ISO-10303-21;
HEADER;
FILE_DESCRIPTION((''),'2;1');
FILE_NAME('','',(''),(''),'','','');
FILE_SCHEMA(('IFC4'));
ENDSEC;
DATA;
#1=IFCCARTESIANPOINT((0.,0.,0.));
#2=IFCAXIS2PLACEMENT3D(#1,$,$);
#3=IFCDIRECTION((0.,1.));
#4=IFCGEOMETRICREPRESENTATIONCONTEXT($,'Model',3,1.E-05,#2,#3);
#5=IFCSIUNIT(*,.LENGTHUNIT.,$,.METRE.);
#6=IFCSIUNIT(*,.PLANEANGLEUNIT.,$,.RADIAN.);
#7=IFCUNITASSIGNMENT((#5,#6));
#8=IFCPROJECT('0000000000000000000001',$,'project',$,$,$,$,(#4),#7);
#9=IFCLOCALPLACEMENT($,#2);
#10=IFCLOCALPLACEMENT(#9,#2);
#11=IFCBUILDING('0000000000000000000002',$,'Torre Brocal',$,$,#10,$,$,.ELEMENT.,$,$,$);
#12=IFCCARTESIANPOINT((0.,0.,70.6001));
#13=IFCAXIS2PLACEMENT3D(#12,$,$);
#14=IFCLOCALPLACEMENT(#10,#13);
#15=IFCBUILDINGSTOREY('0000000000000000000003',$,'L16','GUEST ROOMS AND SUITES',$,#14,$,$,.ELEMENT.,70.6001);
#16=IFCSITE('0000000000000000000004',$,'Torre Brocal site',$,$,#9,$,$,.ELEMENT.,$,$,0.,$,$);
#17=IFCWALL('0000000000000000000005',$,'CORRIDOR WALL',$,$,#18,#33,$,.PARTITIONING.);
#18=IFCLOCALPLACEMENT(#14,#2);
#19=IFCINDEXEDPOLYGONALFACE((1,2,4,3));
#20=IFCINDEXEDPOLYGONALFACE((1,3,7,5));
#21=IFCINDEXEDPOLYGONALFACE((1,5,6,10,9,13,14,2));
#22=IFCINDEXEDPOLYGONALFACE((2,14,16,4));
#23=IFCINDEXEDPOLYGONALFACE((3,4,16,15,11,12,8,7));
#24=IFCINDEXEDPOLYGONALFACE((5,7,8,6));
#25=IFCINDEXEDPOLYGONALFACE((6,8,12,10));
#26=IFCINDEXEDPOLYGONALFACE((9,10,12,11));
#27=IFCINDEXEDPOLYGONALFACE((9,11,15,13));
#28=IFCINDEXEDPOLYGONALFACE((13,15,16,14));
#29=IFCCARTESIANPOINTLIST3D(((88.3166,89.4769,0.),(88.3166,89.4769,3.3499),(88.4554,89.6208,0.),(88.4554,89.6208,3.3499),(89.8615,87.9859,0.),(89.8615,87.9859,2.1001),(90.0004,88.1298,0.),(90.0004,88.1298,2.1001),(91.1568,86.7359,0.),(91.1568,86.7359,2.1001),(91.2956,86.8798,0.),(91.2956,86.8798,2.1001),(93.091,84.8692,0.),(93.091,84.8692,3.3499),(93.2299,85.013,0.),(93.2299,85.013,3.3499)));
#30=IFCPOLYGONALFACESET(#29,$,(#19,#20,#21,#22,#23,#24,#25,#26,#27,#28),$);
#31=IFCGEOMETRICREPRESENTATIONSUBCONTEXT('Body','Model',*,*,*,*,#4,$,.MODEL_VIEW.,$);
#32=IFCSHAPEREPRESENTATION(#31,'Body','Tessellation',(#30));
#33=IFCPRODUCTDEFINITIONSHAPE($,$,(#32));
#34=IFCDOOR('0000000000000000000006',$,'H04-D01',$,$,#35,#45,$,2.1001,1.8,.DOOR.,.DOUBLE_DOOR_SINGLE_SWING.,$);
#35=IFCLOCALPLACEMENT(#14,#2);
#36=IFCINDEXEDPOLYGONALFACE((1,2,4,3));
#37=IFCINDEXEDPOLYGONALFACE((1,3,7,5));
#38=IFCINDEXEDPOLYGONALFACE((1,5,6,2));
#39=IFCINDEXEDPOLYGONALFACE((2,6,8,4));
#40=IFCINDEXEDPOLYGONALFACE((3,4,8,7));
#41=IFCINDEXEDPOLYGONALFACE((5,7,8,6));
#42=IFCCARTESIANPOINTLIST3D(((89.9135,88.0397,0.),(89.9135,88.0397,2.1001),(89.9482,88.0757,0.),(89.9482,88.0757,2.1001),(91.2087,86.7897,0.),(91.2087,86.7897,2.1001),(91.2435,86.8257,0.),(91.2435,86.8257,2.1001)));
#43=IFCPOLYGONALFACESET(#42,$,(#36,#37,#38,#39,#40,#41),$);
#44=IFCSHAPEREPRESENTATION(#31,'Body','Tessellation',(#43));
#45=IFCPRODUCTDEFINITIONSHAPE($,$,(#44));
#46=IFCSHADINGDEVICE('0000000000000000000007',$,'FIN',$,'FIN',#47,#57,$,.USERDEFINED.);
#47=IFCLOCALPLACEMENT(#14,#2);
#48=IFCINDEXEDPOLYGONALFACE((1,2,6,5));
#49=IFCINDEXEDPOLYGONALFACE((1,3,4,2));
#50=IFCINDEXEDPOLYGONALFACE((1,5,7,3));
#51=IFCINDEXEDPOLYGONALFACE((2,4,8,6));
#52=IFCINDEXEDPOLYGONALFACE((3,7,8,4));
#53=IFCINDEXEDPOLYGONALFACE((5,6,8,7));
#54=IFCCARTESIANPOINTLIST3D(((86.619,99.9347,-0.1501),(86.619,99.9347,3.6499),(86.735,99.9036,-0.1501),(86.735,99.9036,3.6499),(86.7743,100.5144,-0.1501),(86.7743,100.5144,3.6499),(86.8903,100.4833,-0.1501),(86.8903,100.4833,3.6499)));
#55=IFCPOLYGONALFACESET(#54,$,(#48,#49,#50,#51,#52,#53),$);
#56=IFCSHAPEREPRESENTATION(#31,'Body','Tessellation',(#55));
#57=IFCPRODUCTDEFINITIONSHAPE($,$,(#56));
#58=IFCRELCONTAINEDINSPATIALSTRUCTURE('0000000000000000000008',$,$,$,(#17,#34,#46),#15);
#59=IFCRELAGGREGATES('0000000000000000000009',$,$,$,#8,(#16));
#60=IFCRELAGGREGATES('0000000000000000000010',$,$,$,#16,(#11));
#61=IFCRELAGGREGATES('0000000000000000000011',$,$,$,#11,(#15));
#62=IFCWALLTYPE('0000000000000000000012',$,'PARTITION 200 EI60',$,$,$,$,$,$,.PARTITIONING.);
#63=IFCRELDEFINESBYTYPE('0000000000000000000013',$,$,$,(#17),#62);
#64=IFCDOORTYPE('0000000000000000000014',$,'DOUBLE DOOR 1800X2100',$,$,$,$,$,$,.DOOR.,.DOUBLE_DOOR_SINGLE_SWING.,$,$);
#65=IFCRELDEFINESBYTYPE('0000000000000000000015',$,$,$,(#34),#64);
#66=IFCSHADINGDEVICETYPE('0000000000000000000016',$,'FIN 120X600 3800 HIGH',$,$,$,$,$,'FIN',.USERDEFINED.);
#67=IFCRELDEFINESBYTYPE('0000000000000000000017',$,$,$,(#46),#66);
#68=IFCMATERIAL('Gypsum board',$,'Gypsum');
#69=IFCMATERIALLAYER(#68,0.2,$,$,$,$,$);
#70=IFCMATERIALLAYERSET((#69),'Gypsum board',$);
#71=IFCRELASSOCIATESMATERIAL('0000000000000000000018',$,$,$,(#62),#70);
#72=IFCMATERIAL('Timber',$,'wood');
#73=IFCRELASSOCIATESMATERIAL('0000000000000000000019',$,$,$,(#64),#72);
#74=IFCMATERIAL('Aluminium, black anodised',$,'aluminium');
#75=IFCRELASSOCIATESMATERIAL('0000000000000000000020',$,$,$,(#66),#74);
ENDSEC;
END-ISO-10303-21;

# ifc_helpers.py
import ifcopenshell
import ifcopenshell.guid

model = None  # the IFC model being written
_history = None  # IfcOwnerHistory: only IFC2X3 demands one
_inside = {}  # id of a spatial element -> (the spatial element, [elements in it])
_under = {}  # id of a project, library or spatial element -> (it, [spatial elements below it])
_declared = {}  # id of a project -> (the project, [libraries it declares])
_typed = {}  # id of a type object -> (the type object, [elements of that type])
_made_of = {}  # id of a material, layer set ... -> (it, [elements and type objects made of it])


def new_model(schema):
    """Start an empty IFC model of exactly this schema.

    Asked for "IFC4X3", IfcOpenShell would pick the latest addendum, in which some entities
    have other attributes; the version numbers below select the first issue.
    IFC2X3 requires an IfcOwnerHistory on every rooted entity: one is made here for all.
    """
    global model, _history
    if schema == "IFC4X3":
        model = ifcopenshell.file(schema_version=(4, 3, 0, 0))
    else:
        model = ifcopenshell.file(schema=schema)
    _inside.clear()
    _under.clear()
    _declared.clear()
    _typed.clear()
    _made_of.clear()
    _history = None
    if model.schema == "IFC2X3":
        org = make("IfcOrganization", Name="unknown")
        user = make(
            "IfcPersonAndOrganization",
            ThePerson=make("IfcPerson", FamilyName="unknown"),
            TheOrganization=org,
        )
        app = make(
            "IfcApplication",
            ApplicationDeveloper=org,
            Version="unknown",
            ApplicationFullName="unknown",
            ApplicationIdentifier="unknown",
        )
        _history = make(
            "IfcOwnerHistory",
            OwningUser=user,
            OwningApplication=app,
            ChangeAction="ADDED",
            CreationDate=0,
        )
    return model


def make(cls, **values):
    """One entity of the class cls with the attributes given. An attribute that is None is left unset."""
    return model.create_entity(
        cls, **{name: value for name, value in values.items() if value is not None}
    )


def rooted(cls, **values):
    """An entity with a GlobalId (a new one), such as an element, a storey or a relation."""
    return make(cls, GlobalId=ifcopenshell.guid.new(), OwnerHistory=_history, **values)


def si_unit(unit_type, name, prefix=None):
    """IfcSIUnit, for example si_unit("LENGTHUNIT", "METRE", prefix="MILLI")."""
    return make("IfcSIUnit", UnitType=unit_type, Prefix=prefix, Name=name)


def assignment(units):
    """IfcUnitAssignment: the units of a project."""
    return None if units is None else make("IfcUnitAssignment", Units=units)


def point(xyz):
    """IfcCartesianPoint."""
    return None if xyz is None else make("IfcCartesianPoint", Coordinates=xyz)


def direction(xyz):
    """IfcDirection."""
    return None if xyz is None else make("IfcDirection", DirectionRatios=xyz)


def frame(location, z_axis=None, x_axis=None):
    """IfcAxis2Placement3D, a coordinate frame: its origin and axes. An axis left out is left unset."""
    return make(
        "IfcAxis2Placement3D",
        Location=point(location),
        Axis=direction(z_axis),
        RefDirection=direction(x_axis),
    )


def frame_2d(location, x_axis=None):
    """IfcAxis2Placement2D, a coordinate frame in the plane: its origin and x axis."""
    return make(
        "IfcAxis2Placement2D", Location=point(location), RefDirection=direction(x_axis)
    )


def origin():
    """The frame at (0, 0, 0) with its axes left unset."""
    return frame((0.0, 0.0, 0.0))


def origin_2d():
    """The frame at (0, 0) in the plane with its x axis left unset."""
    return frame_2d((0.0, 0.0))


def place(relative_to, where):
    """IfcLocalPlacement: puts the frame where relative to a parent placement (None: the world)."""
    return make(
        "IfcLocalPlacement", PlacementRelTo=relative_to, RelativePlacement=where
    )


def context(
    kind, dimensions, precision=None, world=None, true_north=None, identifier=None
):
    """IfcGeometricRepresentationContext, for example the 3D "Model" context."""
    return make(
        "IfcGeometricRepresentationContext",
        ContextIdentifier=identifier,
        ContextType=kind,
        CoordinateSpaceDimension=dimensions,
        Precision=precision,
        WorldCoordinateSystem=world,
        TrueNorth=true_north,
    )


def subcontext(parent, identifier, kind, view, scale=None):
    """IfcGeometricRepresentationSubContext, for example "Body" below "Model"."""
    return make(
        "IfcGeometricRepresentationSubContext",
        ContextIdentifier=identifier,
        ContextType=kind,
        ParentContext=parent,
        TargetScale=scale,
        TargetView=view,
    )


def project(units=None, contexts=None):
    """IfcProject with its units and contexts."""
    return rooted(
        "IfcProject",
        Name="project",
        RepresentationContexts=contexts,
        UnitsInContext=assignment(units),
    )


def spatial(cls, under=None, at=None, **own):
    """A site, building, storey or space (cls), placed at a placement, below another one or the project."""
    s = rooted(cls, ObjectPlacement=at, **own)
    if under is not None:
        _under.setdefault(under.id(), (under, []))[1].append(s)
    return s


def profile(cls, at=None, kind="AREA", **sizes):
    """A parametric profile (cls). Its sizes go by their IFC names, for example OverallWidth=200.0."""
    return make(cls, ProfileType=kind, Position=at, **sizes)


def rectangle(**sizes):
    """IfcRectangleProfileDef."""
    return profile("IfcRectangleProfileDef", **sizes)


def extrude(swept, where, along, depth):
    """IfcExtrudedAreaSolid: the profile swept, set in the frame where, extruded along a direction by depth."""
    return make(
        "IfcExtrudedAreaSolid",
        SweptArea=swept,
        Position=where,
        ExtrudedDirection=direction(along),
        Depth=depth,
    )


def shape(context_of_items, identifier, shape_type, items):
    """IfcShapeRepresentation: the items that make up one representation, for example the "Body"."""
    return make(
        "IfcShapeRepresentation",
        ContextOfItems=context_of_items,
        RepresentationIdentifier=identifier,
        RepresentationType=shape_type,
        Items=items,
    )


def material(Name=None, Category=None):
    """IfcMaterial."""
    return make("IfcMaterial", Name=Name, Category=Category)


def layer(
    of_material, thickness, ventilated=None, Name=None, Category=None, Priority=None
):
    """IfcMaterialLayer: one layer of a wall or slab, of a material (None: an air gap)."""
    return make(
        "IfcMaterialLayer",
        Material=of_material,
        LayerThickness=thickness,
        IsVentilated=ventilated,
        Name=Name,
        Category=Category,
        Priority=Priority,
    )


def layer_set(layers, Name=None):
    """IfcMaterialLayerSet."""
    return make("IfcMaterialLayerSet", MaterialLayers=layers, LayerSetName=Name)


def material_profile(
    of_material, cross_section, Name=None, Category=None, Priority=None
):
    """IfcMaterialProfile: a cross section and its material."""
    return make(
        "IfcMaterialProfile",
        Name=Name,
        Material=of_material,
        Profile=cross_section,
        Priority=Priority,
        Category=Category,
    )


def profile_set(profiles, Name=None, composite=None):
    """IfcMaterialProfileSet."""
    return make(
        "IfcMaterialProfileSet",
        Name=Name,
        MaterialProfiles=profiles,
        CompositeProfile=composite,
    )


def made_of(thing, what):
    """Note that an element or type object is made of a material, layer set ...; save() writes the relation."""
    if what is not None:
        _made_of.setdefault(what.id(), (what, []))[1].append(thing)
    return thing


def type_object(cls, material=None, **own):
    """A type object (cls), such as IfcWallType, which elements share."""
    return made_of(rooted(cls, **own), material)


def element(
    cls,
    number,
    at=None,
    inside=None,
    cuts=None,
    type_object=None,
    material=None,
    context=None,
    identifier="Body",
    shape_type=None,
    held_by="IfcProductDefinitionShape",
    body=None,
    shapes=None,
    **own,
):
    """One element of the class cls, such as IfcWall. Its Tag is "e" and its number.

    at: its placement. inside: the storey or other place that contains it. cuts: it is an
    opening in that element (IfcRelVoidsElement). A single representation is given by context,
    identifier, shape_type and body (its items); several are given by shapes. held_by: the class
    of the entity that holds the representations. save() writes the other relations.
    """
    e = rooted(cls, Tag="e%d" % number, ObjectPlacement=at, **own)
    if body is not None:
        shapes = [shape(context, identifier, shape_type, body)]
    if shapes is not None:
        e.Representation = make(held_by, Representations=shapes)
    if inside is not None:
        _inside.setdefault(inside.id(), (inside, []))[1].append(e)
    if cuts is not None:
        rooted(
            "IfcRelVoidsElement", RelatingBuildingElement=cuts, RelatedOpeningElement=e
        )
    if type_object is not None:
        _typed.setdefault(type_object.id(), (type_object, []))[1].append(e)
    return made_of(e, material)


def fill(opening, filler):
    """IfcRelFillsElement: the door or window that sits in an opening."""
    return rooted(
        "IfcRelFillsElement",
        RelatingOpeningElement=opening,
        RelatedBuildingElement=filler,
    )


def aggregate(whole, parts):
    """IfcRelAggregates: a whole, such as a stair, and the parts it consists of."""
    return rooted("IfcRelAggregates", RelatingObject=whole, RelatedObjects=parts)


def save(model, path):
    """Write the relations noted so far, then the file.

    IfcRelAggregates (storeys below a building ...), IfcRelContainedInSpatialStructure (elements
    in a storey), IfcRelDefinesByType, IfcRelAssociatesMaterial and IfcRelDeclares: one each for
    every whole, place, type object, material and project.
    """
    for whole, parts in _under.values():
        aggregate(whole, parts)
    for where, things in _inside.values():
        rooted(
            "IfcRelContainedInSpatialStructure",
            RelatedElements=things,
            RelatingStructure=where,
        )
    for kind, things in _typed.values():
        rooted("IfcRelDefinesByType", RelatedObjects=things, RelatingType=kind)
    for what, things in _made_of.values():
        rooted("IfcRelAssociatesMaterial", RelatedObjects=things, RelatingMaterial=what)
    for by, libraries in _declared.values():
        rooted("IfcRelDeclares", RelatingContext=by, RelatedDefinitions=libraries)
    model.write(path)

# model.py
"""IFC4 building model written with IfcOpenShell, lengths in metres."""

from ifc_helpers import new_model, si_unit, direction, frame, frame_2d, origin, origin_2d, place, context, subcontext, project, spatial, rectangle, extrude, material, layer, layer_set, material_profile, profile_set, type_object, element, fill, save


model = new_model("IFC4")

# Units and contexts
model_context = context("Model", 3, precision=1e-05, world=origin(), true_north=direction((0.0, 1.0)))
body_context = subcontext(model_context, "Body", "Model", "MODEL_VIEW")
ifc_project = project(units=[si_unit("LENGTHUNIT", "METRE"), si_unit("PLANEANGLEUNIT", "RADIAN")], contexts=[model_context])

# Site, building, storey
site_placement = place(None, origin())
site = spatial("IfcSite", under=ifc_project, at=site_placement, Name="Torre Brocal site", CompositionType="ELEMENT", RefElevation=0.0)
building_placement = place(site_placement, origin())
building = spatial("IfcBuilding", under=site, at=building_placement, Name="Torre Brocal", CompositionType="ELEMENT")
storey_placement = place(building_placement, frame((0.0, 0.0, 70.6001)))
storey = spatial("IfcBuildingStorey", under=building, at=storey_placement, Name="L16", Description="GUEST ROOMS AND SUITES", CompositionType="ELEMENT", Elevation=70.6001)

# Shared definitions
ifc_material_1 = material(Name="Gypsum board", Category="Gypsum")
ifc_layer_1 = layer(ifc_material_1, 0.2)
ifc_layer_set_1 = layer_set([ifc_layer_1], Name="Gypsum board")
wall_type_1 = type_object("IfcWallType", Name="PARTITION 200 EI60", PredefinedType="PARTITIONING", material=ifc_layer_set_1)

# Wall, opening, door
wall_1_placement = place(storey_placement, frame((88.386, 89.5488, 0.0), z_axis=(0.0, 0.0, 1.0), x_axis=(0.719561, -0.69443, 0.0)))
wall_1 = element("IfcWall", 1, at=wall_1_placement, inside=storey, type_object=wall_type_1, Name="CORRIDOR WALL", PredefinedType="PARTITIONING", context=body_context, shape_type="SweptSolid", body=[
    extrude(rectangle(XDim=6.6353, YDim=0.2, at=frame_2d((3.3176, 0.0))), origin(), (0.0, 0.0, 1.0), 3.3499),
])
opening_1_placement = place(wall_1_placement, frame((2.1472, 0.0, 0.0)))
opening_1 = element("IfcOpeningElement", 2, at=opening_1_placement, cuts=wall_1, PredefinedType="OPENING", context=body_context, shape_type="SweptSolid", body=[
    extrude(rectangle(XDim=1.8, YDim=2.1001, at=frame_2d((0.8999, 1.05))), frame((0.0, 0.1099, 0.0), z_axis=(0.0, -1.0, 0.0), x_axis=(1.0, 0.0, 0.0)), (0.0, 0.0, 1.0), 0.22),
])
ifc_material_2 = material(Name="Timber", Category="wood")
door_type_1 = type_object("IfcDoorType", Name="DOUBLE DOOR 1800X2100", OperationType="DOUBLE_DOOR_SINGLE_SWING", PredefinedType="DOOR", material=ifc_material_2)
door_1_placement = place(opening_1_placement, origin())
door_1 = element("IfcDoor", 3, at=door_1_placement, inside=storey, type_object=door_type_1, Name="H04-D01", OperationType="DOUBLE_DOOR_SINGLE_SWING", OverallHeight=2.1001, OverallWidth=1.8, PredefinedType="DOOR", context=body_context, shape_type="SweptSolid", body=[
    extrude(rectangle(XDim=1.8, YDim=2.1001, at=frame_2d((0.8999, 1.05))), frame((0.0, 0.0249, 0.0), z_axis=(0.0, -1.0, 0.0), x_axis=(1.0, 0.0, 0.0)), (0.0, 0.0, 1.0), 0.05),
])
fill(opening_1, door_1)

# Shading device
ifc_material_3 = material(Name="Aluminium, black anodised", Category="aluminium")
ifc_material_profile_1 = material_profile(ifc_material_3, rectangle(XDim=0.1201, YDim=0.6001, at=origin_2d()), Name="FIN 120X600 3800 HIGH")
ifc_profile_set_1 = profile_set([ifc_material_profile_1], Name="Aluminium, black anodised")
shading_device_type = type_object("IfcShadingDeviceType", Name="FIN 120X600 3800 HIGH", ElementType="FIN", PredefinedType="USERDEFINED", material=ifc_profile_set_1)
shading_device_placement = place(storey_placement, frame((86.7546, 100.209, -0.1501), z_axis=(0.0, 0.0, 1.0), x_axis=(-0.965926, 0.258819, 0.0)))
element("IfcShadingDevice", 4, at=shading_device_placement, inside=storey, type_object=shading_device_type, Name="FIN", ObjectType="FIN", PredefinedType="USERDEFINED", context=body_context, shape_type="SweptSolid", body=[
    extrude(rectangle(XDim=0.1201, YDim=0.6001, at=origin_2d()), origin(), (0.0, 0.0, 1.0), 3.8),
])

save(model, "model.ifc")
